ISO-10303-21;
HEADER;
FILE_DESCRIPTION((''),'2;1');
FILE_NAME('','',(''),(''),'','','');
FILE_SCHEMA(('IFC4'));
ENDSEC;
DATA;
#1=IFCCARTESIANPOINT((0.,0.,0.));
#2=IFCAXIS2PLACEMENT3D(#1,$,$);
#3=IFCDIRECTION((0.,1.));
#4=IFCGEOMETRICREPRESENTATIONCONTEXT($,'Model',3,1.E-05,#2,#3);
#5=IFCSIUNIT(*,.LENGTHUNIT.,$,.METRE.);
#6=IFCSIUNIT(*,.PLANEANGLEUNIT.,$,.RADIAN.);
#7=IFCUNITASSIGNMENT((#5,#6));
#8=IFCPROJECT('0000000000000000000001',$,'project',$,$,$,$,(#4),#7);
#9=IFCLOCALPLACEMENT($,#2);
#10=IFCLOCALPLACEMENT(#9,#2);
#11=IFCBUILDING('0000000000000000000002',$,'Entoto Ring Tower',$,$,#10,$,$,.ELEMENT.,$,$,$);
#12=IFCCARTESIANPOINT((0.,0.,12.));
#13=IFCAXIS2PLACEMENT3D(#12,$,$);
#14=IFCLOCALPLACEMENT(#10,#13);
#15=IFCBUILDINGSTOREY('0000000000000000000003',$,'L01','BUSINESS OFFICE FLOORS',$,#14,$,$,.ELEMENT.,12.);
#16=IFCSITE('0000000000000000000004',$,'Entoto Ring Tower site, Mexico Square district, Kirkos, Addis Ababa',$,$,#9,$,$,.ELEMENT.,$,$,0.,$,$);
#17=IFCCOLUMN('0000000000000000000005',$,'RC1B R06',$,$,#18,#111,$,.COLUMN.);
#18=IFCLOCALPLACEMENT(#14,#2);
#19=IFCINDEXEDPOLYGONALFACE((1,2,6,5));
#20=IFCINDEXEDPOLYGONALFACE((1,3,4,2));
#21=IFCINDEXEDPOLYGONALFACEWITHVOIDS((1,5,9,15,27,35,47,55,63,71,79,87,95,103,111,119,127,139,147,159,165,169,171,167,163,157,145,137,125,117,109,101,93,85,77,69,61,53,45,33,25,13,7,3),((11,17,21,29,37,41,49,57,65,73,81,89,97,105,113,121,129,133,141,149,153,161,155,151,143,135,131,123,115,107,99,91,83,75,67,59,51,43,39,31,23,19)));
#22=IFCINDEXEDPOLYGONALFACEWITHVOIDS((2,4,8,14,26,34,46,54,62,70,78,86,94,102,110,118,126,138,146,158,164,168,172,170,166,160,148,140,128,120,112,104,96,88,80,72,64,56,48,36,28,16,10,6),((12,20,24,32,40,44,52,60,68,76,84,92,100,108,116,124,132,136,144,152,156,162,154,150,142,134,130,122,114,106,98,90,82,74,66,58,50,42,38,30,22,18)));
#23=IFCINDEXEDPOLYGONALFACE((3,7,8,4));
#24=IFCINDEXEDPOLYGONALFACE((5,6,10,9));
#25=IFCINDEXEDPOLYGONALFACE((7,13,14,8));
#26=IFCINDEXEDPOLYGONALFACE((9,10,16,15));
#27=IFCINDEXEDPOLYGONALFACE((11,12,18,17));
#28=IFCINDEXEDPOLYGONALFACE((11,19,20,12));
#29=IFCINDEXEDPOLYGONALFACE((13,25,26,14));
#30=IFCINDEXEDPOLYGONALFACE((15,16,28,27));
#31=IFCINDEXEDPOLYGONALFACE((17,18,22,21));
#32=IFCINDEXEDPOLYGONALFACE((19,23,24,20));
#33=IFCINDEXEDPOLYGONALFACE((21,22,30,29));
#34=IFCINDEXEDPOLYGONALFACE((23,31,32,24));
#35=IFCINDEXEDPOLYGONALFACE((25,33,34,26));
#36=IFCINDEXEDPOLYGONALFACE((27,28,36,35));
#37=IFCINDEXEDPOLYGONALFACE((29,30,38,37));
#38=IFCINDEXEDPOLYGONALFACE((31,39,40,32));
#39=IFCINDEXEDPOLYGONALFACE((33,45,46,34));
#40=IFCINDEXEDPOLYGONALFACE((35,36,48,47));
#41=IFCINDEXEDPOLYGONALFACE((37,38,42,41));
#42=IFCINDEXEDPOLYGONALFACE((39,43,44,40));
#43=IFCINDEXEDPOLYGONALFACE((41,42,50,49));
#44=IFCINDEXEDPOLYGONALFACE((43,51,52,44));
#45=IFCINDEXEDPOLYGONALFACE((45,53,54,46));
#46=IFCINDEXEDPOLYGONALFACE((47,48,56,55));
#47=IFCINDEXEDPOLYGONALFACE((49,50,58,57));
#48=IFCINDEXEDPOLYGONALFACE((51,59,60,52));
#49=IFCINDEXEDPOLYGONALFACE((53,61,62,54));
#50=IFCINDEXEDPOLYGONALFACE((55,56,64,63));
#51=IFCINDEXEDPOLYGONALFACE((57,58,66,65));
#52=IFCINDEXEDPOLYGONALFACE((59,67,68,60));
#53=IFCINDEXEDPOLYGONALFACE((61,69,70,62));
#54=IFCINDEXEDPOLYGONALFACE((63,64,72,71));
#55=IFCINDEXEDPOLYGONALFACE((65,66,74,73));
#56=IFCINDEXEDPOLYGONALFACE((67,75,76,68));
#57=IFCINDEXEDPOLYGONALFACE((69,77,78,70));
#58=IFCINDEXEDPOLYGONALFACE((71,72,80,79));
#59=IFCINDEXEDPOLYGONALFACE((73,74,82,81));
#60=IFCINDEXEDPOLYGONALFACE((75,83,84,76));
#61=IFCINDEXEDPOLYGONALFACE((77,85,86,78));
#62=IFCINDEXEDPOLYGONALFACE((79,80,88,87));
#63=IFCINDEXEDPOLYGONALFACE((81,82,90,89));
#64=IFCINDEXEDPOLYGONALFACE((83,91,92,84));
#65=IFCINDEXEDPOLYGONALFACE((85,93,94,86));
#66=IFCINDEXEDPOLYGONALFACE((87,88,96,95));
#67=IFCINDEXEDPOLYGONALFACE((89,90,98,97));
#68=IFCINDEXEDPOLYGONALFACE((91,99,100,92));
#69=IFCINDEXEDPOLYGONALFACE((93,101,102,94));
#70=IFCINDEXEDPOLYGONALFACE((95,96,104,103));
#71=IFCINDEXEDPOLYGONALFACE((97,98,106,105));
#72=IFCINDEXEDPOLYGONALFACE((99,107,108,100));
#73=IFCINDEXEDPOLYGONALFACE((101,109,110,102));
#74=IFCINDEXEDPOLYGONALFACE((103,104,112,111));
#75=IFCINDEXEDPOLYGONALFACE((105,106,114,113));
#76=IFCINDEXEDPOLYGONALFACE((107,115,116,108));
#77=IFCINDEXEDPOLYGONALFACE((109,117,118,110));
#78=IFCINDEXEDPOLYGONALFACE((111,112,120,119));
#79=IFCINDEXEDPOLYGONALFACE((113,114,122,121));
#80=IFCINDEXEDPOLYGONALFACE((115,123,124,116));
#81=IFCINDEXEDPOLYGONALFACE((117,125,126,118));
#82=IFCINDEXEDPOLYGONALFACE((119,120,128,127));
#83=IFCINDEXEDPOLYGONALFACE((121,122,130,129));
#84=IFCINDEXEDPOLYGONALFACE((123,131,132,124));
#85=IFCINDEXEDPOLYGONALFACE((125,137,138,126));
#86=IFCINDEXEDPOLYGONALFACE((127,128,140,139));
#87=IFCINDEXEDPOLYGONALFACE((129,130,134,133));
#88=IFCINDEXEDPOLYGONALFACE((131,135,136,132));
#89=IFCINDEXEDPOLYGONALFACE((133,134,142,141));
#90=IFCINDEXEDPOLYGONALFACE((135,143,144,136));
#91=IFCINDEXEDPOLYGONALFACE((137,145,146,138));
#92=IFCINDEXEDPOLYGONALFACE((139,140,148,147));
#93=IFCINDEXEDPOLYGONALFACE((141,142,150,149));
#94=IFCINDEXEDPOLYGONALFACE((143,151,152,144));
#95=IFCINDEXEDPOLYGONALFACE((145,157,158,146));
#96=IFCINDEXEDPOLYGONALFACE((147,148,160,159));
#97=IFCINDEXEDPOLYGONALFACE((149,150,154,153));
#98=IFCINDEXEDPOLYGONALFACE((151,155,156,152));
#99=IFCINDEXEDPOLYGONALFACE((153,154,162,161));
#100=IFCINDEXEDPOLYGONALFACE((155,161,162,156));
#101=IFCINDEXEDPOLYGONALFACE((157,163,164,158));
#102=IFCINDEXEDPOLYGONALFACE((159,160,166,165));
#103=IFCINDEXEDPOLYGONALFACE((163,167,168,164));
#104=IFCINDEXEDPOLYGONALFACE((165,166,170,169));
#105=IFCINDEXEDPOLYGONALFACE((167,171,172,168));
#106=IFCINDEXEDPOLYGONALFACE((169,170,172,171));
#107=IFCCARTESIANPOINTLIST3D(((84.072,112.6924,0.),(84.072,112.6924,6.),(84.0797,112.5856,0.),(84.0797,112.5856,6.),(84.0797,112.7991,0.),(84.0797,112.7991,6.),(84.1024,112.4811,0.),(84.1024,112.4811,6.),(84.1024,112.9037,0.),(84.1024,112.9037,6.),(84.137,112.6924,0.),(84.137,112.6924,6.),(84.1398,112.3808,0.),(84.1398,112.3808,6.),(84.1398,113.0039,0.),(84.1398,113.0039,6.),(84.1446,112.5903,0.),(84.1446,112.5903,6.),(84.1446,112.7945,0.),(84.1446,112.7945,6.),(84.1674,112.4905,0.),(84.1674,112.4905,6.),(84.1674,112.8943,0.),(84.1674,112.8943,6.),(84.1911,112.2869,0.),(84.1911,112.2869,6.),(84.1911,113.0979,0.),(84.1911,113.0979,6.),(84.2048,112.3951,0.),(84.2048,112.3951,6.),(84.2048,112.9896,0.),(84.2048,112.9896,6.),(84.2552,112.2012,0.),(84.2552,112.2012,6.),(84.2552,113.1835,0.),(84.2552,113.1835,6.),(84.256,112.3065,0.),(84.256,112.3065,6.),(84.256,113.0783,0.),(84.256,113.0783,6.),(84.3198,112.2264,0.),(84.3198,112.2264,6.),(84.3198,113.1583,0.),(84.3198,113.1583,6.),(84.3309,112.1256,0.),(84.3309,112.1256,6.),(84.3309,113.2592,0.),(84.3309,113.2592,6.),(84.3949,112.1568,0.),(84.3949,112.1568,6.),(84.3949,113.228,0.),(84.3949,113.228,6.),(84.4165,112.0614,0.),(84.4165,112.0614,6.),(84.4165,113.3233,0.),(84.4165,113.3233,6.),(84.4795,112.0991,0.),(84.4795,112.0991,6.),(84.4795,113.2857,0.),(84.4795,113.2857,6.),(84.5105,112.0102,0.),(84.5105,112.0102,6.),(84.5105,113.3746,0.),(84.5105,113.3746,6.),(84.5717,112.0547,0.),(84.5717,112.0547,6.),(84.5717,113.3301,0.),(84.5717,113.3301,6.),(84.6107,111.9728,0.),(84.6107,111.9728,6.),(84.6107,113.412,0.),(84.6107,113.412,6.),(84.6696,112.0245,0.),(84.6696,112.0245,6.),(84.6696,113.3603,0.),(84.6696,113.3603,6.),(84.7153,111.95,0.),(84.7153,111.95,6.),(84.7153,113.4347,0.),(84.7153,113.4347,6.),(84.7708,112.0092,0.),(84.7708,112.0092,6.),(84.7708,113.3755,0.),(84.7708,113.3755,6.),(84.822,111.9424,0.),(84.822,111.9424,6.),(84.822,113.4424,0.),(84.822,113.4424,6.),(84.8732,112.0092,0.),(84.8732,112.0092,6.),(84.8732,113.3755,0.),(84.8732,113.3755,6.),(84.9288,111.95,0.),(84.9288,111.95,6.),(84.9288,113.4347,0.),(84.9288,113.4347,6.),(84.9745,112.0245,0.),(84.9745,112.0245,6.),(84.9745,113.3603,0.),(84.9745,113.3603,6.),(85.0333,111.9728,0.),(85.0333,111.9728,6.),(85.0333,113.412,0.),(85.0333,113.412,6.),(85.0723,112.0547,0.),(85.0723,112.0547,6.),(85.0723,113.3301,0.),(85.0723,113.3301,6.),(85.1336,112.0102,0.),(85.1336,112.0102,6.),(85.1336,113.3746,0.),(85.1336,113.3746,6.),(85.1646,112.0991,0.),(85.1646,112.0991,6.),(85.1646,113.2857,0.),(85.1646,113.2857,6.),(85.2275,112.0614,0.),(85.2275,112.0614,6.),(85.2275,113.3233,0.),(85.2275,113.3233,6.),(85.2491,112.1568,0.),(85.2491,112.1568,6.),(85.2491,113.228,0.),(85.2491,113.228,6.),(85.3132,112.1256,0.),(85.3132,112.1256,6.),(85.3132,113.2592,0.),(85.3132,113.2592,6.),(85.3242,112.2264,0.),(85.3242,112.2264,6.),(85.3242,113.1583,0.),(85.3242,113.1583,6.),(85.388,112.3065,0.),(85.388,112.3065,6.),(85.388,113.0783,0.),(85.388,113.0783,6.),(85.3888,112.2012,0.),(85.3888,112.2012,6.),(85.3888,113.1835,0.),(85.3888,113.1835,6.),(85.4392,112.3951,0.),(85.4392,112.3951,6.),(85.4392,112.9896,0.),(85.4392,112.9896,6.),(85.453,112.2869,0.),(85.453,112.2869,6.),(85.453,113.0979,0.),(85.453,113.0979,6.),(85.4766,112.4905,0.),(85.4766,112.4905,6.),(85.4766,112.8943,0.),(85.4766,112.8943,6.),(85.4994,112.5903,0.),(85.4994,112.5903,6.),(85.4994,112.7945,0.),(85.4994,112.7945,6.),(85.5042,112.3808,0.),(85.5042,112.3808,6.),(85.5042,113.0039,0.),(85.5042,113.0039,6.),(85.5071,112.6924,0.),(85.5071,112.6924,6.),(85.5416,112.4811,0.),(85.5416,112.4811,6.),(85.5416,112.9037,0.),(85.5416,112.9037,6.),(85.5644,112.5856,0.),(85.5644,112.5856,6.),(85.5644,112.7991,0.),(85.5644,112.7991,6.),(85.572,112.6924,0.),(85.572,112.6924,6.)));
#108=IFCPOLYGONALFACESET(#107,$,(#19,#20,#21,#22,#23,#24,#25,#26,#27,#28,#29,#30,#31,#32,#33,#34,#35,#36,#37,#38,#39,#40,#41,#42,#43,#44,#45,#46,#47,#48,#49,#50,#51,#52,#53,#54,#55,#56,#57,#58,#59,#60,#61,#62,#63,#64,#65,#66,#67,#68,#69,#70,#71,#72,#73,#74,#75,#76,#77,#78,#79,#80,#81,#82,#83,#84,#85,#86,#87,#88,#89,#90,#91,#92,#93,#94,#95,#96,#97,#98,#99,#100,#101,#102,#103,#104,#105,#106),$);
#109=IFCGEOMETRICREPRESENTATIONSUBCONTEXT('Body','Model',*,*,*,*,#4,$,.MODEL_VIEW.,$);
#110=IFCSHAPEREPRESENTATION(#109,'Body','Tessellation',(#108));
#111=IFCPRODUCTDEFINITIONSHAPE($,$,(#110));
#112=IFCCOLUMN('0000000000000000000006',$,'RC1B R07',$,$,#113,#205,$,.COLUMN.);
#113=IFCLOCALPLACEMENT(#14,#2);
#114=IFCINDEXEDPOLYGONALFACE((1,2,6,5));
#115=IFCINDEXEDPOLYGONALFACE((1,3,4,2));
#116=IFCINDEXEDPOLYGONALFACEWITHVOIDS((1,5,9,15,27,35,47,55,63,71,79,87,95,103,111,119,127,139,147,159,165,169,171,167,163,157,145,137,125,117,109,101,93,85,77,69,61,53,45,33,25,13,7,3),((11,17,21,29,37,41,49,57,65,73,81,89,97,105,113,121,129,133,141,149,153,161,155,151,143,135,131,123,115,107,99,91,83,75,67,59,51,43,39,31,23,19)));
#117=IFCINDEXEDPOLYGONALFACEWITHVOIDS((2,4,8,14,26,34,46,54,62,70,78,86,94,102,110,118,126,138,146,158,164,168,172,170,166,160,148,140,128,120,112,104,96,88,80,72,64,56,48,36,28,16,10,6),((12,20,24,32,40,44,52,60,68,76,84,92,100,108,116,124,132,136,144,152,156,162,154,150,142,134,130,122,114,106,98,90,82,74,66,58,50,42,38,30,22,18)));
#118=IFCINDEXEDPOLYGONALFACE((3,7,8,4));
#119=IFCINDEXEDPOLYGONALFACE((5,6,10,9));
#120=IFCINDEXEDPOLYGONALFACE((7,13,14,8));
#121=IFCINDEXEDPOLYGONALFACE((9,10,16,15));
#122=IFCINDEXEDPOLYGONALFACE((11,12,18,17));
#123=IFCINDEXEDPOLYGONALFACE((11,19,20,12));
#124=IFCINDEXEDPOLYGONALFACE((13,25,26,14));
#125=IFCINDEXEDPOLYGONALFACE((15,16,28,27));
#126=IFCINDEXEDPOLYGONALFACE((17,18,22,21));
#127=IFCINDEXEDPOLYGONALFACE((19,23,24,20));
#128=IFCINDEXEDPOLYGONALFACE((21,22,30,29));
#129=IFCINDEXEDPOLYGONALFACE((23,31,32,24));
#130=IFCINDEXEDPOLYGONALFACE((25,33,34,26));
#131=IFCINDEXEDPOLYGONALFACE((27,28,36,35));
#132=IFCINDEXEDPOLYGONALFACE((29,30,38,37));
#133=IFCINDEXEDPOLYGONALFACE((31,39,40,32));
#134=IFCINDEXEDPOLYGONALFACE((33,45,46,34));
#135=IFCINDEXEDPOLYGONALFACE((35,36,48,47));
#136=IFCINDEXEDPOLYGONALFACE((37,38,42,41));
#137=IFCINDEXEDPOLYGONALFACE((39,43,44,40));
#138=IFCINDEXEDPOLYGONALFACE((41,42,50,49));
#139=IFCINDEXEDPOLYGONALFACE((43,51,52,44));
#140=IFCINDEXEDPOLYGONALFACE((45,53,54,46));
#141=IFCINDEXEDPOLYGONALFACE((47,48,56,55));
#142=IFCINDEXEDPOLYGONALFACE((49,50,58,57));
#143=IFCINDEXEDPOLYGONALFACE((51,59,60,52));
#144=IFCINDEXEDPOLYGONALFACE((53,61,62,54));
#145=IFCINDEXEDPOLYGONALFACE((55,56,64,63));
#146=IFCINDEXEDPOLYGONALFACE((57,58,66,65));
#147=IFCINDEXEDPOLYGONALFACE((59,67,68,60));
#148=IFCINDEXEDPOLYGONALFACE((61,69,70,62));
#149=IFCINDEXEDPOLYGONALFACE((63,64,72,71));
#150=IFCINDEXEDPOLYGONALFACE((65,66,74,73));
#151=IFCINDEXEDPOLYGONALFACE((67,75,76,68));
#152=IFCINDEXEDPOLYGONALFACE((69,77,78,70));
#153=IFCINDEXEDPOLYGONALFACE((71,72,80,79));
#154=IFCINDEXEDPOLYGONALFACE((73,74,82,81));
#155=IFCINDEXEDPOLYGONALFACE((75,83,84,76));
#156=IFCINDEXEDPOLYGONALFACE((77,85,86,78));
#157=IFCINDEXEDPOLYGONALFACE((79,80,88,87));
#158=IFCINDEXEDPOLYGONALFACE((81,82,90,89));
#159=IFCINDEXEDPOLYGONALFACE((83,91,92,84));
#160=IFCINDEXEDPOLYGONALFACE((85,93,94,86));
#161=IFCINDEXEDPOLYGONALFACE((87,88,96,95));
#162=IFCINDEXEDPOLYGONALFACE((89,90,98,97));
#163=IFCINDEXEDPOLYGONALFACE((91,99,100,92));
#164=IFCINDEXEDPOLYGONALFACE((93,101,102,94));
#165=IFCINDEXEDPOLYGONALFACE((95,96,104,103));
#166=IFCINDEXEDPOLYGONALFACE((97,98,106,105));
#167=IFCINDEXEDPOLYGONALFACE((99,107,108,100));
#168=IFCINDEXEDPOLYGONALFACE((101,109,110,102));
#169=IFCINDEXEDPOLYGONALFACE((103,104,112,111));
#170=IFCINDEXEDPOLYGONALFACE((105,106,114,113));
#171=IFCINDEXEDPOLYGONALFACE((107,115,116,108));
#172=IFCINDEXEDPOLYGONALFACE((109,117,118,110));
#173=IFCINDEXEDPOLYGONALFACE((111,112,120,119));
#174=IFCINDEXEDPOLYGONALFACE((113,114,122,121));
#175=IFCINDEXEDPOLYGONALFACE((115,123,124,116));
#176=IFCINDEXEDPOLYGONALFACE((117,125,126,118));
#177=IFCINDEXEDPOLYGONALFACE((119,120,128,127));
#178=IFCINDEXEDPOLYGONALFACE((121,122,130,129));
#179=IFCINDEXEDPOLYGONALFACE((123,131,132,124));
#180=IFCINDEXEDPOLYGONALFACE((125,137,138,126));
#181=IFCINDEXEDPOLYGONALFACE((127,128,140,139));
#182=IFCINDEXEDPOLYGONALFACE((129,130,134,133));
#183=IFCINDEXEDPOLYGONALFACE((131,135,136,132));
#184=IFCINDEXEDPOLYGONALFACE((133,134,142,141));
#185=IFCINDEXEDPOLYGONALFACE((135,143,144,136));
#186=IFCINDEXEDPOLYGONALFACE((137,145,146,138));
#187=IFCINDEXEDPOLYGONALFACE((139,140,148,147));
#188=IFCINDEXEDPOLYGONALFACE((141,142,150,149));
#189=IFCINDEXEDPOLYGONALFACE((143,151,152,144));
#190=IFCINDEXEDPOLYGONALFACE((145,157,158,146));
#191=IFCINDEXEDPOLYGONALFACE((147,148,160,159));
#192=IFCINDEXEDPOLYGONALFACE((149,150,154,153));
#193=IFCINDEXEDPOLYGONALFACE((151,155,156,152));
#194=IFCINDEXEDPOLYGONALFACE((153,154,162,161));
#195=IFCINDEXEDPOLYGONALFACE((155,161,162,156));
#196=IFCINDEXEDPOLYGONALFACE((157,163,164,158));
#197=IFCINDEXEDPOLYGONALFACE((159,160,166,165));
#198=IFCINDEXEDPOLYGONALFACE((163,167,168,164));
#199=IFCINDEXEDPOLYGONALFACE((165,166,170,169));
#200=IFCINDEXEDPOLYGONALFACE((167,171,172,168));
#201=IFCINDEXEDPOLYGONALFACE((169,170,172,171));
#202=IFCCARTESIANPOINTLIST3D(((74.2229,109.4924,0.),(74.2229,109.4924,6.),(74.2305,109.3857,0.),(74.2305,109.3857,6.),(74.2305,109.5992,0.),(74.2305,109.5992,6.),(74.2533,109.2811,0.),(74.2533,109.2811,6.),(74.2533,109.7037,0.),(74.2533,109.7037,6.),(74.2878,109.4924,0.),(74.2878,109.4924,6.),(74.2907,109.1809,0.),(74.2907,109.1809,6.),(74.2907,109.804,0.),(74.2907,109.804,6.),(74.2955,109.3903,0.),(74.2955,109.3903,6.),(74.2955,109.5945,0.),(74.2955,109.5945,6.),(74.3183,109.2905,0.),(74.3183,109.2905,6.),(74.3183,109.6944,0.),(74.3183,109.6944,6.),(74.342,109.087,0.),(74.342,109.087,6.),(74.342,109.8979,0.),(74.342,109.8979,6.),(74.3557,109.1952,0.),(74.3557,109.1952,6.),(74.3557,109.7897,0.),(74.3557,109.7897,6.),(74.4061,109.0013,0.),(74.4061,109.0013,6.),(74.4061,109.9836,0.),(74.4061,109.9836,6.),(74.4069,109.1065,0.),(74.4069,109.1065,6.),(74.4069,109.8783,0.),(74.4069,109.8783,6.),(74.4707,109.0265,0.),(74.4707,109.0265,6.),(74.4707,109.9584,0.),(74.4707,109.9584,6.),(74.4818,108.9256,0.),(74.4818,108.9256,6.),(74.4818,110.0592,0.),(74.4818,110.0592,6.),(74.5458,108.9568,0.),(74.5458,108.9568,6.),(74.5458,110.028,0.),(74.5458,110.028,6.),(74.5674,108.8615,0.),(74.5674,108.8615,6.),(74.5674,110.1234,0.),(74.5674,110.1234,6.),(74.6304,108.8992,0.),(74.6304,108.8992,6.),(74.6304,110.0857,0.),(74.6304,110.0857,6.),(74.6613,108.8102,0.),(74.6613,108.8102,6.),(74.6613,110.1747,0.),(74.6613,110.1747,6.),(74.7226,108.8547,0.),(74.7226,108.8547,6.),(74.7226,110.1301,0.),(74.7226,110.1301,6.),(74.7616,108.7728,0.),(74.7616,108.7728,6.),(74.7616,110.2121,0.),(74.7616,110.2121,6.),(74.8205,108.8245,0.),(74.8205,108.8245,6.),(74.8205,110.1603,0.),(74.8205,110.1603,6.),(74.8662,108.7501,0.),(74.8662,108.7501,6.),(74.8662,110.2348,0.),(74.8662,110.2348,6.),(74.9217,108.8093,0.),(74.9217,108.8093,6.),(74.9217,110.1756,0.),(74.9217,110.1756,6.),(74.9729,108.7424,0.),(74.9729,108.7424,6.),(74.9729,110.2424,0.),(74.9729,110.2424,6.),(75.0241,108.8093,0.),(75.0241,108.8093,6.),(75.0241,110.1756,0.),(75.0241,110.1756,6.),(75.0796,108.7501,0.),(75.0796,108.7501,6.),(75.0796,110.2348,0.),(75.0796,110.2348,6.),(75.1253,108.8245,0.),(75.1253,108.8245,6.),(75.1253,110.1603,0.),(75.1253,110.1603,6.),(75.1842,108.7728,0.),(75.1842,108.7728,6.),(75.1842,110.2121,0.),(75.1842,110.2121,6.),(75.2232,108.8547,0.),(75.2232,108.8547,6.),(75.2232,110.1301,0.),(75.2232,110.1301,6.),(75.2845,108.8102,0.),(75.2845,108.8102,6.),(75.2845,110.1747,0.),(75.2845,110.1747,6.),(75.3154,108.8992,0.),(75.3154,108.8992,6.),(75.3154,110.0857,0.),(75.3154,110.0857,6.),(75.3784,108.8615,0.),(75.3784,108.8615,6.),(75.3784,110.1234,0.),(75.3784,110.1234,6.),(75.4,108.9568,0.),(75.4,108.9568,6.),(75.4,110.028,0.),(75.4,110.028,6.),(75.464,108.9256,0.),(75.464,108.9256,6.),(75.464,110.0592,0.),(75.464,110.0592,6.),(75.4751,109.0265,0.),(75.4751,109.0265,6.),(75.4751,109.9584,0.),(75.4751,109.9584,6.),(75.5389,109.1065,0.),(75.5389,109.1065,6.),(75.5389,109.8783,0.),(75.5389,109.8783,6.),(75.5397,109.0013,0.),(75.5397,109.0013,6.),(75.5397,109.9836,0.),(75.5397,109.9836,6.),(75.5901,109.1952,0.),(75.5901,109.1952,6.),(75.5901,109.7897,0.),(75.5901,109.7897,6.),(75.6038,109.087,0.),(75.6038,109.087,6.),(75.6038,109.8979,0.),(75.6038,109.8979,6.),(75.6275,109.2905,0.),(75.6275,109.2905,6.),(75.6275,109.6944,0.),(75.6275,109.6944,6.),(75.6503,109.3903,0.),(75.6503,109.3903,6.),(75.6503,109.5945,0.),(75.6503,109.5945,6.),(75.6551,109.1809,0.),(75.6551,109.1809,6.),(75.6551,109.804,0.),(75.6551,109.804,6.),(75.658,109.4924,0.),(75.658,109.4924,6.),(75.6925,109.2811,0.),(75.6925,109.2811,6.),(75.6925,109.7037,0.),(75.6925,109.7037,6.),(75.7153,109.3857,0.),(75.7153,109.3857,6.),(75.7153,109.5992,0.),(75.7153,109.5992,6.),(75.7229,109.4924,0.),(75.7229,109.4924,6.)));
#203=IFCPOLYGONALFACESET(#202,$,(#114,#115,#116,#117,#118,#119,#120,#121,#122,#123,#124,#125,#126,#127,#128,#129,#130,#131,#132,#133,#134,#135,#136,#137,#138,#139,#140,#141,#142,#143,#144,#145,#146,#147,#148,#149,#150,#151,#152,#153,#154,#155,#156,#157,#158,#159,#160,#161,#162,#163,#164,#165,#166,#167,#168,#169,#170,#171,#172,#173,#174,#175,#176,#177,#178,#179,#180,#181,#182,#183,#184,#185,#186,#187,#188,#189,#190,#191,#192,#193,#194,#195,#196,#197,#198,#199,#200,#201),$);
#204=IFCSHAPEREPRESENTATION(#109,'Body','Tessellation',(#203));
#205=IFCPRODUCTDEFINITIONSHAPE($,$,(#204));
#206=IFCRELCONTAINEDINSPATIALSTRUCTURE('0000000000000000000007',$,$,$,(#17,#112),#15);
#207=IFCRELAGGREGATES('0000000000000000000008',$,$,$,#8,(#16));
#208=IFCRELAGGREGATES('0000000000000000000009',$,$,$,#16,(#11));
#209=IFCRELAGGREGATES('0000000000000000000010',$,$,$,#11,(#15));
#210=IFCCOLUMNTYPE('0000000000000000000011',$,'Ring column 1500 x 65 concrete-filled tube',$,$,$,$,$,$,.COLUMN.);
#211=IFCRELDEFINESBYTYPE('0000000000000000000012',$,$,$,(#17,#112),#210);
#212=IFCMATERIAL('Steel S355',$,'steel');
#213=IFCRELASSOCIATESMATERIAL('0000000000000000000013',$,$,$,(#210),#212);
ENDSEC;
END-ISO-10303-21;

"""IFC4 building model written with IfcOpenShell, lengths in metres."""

from ifc_helpers import new_model, si_unit, direction, frame, origin, origin_2d, place, context, subcontext, project, spatial, circle, hollow_circle, extrude, material, material_profile, profile_set, type_object, element, save


model = new_model("IFC4")

# Units and contexts
model_context = context("Model", 3, precision=1e-05, world=origin(), true_north=direction((0.0, 1.0)))
body_context = subcontext(model_context, "Body", "Model", "MODEL_VIEW")
ifc_project = project(units=[si_unit("LENGTHUNIT", "METRE"), si_unit("PLANEANGLEUNIT", "RADIAN")], contexts=[model_context])

# Site, building, storey
site_placement = place(None, origin())
site = spatial("IfcSite", under=ifc_project, at=site_placement, Name="Entoto Ring Tower site, Mexico Square district, Kirkos, Addis Ababa", CompositionType="ELEMENT", RefElevation=0.0)
building_placement = place(site_placement, origin())
building = spatial("IfcBuilding", under=site, at=building_placement, Name="Entoto Ring Tower", CompositionType="ELEMENT")
storey_placement = place(building_placement, frame((0.0, 0.0, 12.0)))
storey = spatial("IfcBuildingStorey", under=building, at=storey_placement, Name="L01", Description="BUSINESS OFFICE FLOORS", CompositionType="ELEMENT", Elevation=12.0)

# Columns
ifc_material_1 = material(Name="Steel S355", Category="steel")
ifc_material_profile_1 = material_profile(ifc_material_1, hollow_circle(Radius=0.75, WallThickness=0.0649, at=origin_2d()), Name="CHS 1500 x 65")
ifc_material_2 = material(Name="Concrete C60/75", Category="concrete")
ifc_material_profile_2 = material_profile(ifc_material_2, circle(Radius=0.6851, at=origin_2d()), Name="Concrete C60/75 infill")
ifc_profile_set_1 = profile_set([ifc_material_profile_1, ifc_material_profile_2], Name="Steel S355")
column_type = type_object("IfcColumnType", Name="Ring column 1500 x 65 concrete-filled tube", PredefinedType="COLUMN", material=ifc_profile_set_1)
for number, where, z_axis, x_axis, name in (
    (1, (84.822, 112.6924, 0.0), (0.0, 0.0, 1.0), (1.0, 0.0, 0.0), "RC1B R06"),
    (2, (74.9729, 109.4924, 0.0), (0.0, 0.0, 1.0), (1.0, 0.0, 0.0), "RC1B R07"),
):
    element("IfcColumn", number, at=place(storey_placement, frame(where, z_axis=z_axis, x_axis=x_axis)), inside=storey, type_object=column_type, Name=name, PredefinedType="COLUMN", context=body_context, shape_type="SweptSolid", body=[
        extrude(hollow_circle(Radius=0.75, WallThickness=0.0649, at=origin_2d()), origin(), (0.0, 0.0, 1.0), 6.0),
    ])

save(model, "model.ifc")
